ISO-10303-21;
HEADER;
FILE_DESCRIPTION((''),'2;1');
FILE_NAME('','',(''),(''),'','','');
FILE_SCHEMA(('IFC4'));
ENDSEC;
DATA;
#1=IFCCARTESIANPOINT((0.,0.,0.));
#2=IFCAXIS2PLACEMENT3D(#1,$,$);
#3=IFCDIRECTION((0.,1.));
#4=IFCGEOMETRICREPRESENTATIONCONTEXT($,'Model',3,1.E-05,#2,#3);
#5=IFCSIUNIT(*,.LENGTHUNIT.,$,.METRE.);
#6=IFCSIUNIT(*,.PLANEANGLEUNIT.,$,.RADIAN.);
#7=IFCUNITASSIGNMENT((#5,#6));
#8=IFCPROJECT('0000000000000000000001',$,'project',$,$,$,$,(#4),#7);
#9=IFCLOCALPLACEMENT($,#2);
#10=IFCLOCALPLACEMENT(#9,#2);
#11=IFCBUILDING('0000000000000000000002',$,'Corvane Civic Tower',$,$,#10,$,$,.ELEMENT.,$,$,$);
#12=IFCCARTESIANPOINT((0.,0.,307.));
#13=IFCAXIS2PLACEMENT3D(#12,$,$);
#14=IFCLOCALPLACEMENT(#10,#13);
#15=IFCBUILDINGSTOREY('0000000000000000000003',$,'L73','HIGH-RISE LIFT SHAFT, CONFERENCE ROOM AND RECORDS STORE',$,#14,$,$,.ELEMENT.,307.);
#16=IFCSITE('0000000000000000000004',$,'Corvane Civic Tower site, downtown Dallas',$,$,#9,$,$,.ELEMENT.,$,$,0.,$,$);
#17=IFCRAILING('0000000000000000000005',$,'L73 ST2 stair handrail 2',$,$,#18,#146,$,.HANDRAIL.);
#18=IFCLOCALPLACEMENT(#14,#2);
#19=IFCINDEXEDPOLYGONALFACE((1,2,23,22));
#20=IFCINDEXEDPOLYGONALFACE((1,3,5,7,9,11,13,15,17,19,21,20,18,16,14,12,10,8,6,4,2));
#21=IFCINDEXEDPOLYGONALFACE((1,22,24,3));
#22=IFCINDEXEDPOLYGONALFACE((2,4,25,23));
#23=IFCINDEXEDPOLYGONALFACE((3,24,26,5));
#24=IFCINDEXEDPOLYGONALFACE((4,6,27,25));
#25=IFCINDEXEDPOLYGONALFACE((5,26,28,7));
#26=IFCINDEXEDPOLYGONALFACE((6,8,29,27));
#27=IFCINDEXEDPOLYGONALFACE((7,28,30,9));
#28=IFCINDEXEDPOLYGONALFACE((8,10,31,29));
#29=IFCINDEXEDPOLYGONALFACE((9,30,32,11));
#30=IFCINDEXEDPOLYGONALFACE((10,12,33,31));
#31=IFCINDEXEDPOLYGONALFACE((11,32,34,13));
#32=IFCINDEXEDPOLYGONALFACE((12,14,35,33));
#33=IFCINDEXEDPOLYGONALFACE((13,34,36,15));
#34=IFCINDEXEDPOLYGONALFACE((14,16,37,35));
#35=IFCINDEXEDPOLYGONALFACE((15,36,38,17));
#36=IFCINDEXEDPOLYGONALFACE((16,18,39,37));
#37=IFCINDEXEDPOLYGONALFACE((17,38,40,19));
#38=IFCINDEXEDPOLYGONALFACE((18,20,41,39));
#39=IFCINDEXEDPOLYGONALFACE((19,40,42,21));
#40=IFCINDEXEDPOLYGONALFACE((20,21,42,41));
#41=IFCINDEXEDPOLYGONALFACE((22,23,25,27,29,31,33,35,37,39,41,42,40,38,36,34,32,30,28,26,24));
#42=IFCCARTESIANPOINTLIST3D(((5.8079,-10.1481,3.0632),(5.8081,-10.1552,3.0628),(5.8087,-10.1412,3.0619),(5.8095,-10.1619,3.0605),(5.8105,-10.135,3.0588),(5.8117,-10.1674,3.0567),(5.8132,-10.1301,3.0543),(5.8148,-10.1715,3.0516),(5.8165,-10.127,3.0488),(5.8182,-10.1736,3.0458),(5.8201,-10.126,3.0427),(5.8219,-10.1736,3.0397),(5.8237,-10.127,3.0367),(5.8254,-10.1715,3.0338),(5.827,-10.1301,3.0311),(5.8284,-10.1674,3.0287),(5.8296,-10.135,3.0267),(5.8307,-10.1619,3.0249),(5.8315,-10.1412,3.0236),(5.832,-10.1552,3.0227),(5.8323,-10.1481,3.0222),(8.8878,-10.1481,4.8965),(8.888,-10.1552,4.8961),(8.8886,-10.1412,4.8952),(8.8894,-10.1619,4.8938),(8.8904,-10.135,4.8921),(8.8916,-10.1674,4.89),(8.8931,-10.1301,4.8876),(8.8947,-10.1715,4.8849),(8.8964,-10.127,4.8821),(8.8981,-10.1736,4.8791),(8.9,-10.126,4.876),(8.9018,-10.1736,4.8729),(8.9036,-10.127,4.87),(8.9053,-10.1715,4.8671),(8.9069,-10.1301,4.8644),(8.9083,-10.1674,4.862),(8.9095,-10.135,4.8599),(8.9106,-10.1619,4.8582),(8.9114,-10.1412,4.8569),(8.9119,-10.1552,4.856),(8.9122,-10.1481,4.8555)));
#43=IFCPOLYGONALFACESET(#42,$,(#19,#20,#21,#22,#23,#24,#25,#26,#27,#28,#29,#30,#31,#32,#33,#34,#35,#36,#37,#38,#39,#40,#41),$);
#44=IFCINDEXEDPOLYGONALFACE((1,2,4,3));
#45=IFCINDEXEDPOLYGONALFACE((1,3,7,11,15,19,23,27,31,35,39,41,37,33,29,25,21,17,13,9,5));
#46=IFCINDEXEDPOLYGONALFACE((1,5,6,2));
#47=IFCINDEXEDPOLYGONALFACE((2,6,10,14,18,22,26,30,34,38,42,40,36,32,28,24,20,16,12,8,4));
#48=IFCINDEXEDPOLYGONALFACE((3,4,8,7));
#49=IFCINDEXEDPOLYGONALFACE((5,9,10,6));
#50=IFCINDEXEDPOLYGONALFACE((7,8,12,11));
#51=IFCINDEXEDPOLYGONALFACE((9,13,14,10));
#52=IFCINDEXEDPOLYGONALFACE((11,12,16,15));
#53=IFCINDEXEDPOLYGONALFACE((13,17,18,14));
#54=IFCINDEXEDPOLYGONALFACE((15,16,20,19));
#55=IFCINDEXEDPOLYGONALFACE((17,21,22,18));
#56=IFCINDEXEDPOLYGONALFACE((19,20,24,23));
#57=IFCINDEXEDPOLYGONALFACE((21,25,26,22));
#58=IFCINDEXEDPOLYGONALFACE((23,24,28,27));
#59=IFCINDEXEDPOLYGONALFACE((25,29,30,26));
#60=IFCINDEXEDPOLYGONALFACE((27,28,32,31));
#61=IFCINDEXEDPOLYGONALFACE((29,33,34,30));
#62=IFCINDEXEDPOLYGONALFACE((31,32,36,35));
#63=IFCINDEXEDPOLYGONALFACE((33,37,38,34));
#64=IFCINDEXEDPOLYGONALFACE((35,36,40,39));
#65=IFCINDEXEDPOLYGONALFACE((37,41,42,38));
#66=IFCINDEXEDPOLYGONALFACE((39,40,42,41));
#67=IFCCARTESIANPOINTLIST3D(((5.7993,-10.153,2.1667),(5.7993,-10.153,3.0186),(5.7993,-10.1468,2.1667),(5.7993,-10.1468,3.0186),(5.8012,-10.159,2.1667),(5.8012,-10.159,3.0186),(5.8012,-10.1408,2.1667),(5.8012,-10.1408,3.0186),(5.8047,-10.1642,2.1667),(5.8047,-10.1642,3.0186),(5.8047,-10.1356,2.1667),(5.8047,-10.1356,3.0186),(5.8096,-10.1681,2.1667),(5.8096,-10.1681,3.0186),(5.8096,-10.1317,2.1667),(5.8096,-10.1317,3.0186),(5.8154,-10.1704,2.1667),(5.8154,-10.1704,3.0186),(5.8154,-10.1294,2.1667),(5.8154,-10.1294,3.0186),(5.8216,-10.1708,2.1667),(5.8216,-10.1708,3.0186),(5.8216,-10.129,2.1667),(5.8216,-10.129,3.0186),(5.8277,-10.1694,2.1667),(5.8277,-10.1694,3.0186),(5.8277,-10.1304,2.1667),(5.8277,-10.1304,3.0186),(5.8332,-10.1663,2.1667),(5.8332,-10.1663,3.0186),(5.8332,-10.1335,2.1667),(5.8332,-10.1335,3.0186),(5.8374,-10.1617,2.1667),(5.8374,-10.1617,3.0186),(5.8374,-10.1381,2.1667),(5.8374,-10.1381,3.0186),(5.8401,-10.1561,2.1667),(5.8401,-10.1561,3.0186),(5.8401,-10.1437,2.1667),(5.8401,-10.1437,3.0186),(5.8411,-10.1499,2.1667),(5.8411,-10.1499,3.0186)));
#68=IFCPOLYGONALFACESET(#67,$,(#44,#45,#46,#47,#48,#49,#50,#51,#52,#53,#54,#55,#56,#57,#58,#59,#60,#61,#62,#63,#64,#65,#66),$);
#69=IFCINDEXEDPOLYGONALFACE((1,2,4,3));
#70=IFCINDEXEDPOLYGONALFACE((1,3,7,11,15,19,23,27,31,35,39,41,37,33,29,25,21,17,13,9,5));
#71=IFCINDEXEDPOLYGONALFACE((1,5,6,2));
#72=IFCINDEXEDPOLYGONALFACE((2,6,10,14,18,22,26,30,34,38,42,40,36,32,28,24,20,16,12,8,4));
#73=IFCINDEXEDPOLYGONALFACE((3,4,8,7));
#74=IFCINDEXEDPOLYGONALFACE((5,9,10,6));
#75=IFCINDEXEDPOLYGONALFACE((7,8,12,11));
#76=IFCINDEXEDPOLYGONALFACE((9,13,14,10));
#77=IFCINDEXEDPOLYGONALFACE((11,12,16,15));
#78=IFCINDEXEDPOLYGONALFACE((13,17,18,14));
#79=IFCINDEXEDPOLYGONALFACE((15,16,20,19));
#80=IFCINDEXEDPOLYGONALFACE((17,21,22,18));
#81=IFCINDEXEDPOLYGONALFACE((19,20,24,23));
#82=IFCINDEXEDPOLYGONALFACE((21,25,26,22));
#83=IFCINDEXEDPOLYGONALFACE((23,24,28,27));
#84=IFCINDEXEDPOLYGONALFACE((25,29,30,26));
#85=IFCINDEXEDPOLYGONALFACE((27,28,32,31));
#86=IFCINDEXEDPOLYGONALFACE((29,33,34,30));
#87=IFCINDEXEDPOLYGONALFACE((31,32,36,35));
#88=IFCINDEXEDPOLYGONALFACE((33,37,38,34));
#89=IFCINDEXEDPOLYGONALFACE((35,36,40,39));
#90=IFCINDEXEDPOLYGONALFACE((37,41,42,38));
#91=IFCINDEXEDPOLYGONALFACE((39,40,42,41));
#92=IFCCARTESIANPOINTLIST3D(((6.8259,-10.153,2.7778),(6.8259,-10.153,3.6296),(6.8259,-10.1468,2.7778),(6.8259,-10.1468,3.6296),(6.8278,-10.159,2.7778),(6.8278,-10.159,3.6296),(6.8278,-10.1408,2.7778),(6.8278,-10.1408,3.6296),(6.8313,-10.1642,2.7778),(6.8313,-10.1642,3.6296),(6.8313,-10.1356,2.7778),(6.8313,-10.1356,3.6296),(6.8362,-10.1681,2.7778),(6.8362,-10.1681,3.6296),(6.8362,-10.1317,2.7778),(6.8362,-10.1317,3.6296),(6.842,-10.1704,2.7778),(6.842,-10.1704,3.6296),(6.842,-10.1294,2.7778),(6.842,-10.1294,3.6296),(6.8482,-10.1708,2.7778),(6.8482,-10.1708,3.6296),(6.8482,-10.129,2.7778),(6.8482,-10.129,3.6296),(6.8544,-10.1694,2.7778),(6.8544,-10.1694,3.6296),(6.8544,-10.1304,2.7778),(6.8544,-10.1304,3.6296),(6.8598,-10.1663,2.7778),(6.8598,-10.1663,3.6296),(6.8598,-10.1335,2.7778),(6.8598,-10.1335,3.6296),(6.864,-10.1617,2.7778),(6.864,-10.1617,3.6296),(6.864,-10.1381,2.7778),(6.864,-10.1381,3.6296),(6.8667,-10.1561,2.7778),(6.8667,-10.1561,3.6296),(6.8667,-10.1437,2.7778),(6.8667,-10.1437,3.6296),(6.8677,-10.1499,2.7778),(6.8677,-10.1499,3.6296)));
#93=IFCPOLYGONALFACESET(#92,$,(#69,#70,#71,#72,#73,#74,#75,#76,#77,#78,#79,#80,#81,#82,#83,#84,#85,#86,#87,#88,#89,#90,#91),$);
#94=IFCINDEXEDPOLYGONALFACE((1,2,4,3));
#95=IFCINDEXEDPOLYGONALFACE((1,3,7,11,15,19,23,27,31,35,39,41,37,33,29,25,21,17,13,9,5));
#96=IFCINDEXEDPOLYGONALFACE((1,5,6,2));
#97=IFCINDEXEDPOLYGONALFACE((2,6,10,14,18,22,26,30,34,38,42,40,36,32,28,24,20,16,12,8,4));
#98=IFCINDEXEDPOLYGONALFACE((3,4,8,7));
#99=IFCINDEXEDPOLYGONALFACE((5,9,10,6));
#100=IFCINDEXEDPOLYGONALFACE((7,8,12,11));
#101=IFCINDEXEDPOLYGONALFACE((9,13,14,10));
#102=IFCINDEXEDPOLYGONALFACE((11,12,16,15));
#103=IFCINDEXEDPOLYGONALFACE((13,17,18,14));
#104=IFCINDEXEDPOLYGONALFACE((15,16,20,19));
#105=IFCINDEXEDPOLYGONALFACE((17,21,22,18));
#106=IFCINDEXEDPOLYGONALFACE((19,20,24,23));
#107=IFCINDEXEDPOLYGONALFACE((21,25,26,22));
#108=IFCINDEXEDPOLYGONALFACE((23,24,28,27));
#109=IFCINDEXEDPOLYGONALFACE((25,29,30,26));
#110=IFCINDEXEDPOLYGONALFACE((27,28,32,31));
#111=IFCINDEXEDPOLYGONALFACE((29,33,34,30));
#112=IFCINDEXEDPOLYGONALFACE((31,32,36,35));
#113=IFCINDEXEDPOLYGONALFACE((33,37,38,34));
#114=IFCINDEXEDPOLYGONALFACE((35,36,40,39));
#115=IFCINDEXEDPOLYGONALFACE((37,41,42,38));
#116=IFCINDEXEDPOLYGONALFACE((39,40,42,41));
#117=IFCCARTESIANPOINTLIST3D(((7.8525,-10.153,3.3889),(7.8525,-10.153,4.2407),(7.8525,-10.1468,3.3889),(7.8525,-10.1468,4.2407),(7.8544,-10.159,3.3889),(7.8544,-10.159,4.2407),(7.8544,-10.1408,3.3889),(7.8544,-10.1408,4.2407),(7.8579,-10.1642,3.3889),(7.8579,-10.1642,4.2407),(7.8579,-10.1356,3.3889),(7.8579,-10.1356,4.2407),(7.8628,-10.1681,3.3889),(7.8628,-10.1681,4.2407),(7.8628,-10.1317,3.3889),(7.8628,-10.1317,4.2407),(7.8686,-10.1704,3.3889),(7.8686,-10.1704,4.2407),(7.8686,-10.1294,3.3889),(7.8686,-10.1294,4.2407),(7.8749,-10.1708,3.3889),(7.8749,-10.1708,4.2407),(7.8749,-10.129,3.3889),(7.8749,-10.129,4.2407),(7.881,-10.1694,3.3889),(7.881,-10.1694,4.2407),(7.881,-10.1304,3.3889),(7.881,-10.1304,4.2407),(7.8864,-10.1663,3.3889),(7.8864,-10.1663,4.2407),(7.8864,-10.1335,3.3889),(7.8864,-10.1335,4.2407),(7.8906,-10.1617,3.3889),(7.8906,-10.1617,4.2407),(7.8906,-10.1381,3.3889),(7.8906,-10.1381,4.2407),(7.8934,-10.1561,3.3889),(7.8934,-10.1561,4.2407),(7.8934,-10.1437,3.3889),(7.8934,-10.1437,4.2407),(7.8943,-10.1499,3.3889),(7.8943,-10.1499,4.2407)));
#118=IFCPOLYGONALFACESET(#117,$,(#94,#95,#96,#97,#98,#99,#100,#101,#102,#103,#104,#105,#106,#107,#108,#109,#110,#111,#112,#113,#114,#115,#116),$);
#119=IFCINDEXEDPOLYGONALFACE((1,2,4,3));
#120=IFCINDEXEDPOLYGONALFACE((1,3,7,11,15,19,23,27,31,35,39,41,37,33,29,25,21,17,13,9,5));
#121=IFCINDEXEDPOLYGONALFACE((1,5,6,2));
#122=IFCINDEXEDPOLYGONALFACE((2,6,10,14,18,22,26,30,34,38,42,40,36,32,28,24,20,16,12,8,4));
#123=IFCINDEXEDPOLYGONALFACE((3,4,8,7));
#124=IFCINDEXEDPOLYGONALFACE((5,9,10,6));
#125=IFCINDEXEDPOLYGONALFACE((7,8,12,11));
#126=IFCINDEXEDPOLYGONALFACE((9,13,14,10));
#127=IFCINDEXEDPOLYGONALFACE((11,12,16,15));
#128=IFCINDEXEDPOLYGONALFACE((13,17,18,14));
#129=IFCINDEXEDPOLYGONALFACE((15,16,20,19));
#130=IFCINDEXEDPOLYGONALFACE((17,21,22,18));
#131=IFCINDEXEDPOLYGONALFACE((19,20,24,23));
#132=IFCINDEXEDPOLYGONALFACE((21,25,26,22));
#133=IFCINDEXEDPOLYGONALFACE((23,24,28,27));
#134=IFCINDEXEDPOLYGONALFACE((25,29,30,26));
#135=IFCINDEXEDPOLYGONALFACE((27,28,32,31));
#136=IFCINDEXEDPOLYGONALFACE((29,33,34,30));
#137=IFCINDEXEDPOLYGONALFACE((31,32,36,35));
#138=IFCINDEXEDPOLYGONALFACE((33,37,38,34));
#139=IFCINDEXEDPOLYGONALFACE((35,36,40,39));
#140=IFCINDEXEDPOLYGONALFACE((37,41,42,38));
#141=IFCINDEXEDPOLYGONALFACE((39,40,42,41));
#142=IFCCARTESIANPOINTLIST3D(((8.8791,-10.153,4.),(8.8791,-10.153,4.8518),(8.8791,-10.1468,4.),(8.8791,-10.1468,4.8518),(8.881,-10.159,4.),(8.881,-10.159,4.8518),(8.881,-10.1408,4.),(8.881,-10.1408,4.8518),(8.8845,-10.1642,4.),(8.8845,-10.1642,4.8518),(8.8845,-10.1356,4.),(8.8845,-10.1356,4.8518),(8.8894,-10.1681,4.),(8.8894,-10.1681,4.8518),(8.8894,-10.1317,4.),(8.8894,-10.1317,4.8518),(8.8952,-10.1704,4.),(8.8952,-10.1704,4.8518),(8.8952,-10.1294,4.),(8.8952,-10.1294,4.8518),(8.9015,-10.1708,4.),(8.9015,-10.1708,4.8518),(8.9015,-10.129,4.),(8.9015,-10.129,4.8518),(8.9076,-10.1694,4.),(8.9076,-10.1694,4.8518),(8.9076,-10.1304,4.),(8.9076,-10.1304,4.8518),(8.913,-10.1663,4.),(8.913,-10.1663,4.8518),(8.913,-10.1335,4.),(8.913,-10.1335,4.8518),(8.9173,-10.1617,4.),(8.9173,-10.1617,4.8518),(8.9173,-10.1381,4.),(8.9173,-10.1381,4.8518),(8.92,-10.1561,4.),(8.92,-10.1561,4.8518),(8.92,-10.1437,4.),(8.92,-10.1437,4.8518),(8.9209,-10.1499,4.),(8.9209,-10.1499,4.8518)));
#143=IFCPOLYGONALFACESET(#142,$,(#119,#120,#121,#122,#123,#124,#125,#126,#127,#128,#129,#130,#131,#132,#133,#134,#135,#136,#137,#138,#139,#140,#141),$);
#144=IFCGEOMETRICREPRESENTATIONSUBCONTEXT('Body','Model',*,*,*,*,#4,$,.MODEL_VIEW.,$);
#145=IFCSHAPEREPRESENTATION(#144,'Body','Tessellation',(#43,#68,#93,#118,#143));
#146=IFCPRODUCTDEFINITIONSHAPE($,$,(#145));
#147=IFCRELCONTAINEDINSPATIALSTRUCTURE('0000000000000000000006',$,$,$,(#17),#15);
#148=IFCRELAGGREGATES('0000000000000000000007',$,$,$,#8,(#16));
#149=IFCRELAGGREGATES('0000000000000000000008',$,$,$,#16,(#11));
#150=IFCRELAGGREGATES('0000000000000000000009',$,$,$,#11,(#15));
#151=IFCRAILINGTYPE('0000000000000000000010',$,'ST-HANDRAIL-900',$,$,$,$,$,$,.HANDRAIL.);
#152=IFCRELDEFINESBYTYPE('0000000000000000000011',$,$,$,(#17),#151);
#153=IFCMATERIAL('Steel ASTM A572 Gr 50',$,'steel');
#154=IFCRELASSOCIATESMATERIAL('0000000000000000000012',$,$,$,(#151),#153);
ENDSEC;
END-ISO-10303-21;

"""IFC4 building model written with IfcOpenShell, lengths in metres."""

from ifc_helpers import new_model, si_unit, direction, frame, origin, origin_2d, place, context, subcontext, project, spatial, circle, extrude, material, type_object, element, save


model = new_model("IFC4")

# Units and contexts
model_context = context("Model", 3, precision=1e-05, world=origin(), true_north=direction((0.0, 1.0)))
body_context = subcontext(model_context, "Body", "Model", "MODEL_VIEW")
ifc_project = project(units=[si_unit("LENGTHUNIT", "METRE"), si_unit("PLANEANGLEUNIT", "RADIAN")], contexts=[model_context])

# Site, building, storey
site_placement = place(None, origin())
site = spatial("IfcSite", under=ifc_project, at=site_placement, Name="Corvane Civic Tower site, downtown Dallas", CompositionType="ELEMENT", RefElevation=0.0)
building_placement = place(site_placement, origin())
building = spatial("IfcBuilding", under=site, at=building_placement, Name="Corvane Civic Tower", CompositionType="ELEMENT")
storey_placement = place(building_placement, frame((0.0, 0.0, 307.0)))
storey = spatial("IfcBuildingStorey", under=building, at=storey_placement, Name="L73", Description="HIGH-RISE LIFT SHAFT, CONFERENCE ROOM AND RECORDS STORE", CompositionType="ELEMENT", Elevation=307.0)

# Railing
ifc_material_1 = material(Name="Steel ASTM A572 Gr 50", Category="steel")
railing_type_1 = type_object("IfcRailingType", Name="ST-HANDRAIL-900", PredefinedType="HANDRAIL", material=ifc_material_1)
railing_1_placement = place(storey_placement, frame((5.8201, -10.1499, 2.1667)))
element("IfcRailing", 1, at=railing_1_placement, inside=storey, type_object=railing_type_1, Name="L73 ST2 stair handrail 2", PredefinedType="HANDRAIL", context=body_context, shape_type="SweptSolid", body=[
    extrude(circle(Radius=0.0239, at=origin_2d()), frame((0.0, 0.0, 0.876), z_axis=(0.859291, 0.0, 0.511487), x_axis=(0.0, 1.0, 0.0)), (0.0, 0.0, 1.0), 3.5842),
    extrude(circle(Radius=0.021, at=origin_2d()), origin(), (0.0, 0.0, 1.0), 0.8518),
    extrude(circle(Radius=0.021, at=origin_2d()), frame((1.0266, 0.0, 0.6111)), (0.0, 0.0, 1.0), 0.8518),
    extrude(circle(Radius=0.021, at=origin_2d()), frame((2.0532, 0.0, 1.2222)), (0.0, 0.0, 1.0), 0.8518),
    extrude(circle(Radius=0.021, at=origin_2d()), frame((3.0798, 0.0, 1.8333)), (0.0, 0.0, 1.0), 0.8518),
])

save(model, "model.ifc")
